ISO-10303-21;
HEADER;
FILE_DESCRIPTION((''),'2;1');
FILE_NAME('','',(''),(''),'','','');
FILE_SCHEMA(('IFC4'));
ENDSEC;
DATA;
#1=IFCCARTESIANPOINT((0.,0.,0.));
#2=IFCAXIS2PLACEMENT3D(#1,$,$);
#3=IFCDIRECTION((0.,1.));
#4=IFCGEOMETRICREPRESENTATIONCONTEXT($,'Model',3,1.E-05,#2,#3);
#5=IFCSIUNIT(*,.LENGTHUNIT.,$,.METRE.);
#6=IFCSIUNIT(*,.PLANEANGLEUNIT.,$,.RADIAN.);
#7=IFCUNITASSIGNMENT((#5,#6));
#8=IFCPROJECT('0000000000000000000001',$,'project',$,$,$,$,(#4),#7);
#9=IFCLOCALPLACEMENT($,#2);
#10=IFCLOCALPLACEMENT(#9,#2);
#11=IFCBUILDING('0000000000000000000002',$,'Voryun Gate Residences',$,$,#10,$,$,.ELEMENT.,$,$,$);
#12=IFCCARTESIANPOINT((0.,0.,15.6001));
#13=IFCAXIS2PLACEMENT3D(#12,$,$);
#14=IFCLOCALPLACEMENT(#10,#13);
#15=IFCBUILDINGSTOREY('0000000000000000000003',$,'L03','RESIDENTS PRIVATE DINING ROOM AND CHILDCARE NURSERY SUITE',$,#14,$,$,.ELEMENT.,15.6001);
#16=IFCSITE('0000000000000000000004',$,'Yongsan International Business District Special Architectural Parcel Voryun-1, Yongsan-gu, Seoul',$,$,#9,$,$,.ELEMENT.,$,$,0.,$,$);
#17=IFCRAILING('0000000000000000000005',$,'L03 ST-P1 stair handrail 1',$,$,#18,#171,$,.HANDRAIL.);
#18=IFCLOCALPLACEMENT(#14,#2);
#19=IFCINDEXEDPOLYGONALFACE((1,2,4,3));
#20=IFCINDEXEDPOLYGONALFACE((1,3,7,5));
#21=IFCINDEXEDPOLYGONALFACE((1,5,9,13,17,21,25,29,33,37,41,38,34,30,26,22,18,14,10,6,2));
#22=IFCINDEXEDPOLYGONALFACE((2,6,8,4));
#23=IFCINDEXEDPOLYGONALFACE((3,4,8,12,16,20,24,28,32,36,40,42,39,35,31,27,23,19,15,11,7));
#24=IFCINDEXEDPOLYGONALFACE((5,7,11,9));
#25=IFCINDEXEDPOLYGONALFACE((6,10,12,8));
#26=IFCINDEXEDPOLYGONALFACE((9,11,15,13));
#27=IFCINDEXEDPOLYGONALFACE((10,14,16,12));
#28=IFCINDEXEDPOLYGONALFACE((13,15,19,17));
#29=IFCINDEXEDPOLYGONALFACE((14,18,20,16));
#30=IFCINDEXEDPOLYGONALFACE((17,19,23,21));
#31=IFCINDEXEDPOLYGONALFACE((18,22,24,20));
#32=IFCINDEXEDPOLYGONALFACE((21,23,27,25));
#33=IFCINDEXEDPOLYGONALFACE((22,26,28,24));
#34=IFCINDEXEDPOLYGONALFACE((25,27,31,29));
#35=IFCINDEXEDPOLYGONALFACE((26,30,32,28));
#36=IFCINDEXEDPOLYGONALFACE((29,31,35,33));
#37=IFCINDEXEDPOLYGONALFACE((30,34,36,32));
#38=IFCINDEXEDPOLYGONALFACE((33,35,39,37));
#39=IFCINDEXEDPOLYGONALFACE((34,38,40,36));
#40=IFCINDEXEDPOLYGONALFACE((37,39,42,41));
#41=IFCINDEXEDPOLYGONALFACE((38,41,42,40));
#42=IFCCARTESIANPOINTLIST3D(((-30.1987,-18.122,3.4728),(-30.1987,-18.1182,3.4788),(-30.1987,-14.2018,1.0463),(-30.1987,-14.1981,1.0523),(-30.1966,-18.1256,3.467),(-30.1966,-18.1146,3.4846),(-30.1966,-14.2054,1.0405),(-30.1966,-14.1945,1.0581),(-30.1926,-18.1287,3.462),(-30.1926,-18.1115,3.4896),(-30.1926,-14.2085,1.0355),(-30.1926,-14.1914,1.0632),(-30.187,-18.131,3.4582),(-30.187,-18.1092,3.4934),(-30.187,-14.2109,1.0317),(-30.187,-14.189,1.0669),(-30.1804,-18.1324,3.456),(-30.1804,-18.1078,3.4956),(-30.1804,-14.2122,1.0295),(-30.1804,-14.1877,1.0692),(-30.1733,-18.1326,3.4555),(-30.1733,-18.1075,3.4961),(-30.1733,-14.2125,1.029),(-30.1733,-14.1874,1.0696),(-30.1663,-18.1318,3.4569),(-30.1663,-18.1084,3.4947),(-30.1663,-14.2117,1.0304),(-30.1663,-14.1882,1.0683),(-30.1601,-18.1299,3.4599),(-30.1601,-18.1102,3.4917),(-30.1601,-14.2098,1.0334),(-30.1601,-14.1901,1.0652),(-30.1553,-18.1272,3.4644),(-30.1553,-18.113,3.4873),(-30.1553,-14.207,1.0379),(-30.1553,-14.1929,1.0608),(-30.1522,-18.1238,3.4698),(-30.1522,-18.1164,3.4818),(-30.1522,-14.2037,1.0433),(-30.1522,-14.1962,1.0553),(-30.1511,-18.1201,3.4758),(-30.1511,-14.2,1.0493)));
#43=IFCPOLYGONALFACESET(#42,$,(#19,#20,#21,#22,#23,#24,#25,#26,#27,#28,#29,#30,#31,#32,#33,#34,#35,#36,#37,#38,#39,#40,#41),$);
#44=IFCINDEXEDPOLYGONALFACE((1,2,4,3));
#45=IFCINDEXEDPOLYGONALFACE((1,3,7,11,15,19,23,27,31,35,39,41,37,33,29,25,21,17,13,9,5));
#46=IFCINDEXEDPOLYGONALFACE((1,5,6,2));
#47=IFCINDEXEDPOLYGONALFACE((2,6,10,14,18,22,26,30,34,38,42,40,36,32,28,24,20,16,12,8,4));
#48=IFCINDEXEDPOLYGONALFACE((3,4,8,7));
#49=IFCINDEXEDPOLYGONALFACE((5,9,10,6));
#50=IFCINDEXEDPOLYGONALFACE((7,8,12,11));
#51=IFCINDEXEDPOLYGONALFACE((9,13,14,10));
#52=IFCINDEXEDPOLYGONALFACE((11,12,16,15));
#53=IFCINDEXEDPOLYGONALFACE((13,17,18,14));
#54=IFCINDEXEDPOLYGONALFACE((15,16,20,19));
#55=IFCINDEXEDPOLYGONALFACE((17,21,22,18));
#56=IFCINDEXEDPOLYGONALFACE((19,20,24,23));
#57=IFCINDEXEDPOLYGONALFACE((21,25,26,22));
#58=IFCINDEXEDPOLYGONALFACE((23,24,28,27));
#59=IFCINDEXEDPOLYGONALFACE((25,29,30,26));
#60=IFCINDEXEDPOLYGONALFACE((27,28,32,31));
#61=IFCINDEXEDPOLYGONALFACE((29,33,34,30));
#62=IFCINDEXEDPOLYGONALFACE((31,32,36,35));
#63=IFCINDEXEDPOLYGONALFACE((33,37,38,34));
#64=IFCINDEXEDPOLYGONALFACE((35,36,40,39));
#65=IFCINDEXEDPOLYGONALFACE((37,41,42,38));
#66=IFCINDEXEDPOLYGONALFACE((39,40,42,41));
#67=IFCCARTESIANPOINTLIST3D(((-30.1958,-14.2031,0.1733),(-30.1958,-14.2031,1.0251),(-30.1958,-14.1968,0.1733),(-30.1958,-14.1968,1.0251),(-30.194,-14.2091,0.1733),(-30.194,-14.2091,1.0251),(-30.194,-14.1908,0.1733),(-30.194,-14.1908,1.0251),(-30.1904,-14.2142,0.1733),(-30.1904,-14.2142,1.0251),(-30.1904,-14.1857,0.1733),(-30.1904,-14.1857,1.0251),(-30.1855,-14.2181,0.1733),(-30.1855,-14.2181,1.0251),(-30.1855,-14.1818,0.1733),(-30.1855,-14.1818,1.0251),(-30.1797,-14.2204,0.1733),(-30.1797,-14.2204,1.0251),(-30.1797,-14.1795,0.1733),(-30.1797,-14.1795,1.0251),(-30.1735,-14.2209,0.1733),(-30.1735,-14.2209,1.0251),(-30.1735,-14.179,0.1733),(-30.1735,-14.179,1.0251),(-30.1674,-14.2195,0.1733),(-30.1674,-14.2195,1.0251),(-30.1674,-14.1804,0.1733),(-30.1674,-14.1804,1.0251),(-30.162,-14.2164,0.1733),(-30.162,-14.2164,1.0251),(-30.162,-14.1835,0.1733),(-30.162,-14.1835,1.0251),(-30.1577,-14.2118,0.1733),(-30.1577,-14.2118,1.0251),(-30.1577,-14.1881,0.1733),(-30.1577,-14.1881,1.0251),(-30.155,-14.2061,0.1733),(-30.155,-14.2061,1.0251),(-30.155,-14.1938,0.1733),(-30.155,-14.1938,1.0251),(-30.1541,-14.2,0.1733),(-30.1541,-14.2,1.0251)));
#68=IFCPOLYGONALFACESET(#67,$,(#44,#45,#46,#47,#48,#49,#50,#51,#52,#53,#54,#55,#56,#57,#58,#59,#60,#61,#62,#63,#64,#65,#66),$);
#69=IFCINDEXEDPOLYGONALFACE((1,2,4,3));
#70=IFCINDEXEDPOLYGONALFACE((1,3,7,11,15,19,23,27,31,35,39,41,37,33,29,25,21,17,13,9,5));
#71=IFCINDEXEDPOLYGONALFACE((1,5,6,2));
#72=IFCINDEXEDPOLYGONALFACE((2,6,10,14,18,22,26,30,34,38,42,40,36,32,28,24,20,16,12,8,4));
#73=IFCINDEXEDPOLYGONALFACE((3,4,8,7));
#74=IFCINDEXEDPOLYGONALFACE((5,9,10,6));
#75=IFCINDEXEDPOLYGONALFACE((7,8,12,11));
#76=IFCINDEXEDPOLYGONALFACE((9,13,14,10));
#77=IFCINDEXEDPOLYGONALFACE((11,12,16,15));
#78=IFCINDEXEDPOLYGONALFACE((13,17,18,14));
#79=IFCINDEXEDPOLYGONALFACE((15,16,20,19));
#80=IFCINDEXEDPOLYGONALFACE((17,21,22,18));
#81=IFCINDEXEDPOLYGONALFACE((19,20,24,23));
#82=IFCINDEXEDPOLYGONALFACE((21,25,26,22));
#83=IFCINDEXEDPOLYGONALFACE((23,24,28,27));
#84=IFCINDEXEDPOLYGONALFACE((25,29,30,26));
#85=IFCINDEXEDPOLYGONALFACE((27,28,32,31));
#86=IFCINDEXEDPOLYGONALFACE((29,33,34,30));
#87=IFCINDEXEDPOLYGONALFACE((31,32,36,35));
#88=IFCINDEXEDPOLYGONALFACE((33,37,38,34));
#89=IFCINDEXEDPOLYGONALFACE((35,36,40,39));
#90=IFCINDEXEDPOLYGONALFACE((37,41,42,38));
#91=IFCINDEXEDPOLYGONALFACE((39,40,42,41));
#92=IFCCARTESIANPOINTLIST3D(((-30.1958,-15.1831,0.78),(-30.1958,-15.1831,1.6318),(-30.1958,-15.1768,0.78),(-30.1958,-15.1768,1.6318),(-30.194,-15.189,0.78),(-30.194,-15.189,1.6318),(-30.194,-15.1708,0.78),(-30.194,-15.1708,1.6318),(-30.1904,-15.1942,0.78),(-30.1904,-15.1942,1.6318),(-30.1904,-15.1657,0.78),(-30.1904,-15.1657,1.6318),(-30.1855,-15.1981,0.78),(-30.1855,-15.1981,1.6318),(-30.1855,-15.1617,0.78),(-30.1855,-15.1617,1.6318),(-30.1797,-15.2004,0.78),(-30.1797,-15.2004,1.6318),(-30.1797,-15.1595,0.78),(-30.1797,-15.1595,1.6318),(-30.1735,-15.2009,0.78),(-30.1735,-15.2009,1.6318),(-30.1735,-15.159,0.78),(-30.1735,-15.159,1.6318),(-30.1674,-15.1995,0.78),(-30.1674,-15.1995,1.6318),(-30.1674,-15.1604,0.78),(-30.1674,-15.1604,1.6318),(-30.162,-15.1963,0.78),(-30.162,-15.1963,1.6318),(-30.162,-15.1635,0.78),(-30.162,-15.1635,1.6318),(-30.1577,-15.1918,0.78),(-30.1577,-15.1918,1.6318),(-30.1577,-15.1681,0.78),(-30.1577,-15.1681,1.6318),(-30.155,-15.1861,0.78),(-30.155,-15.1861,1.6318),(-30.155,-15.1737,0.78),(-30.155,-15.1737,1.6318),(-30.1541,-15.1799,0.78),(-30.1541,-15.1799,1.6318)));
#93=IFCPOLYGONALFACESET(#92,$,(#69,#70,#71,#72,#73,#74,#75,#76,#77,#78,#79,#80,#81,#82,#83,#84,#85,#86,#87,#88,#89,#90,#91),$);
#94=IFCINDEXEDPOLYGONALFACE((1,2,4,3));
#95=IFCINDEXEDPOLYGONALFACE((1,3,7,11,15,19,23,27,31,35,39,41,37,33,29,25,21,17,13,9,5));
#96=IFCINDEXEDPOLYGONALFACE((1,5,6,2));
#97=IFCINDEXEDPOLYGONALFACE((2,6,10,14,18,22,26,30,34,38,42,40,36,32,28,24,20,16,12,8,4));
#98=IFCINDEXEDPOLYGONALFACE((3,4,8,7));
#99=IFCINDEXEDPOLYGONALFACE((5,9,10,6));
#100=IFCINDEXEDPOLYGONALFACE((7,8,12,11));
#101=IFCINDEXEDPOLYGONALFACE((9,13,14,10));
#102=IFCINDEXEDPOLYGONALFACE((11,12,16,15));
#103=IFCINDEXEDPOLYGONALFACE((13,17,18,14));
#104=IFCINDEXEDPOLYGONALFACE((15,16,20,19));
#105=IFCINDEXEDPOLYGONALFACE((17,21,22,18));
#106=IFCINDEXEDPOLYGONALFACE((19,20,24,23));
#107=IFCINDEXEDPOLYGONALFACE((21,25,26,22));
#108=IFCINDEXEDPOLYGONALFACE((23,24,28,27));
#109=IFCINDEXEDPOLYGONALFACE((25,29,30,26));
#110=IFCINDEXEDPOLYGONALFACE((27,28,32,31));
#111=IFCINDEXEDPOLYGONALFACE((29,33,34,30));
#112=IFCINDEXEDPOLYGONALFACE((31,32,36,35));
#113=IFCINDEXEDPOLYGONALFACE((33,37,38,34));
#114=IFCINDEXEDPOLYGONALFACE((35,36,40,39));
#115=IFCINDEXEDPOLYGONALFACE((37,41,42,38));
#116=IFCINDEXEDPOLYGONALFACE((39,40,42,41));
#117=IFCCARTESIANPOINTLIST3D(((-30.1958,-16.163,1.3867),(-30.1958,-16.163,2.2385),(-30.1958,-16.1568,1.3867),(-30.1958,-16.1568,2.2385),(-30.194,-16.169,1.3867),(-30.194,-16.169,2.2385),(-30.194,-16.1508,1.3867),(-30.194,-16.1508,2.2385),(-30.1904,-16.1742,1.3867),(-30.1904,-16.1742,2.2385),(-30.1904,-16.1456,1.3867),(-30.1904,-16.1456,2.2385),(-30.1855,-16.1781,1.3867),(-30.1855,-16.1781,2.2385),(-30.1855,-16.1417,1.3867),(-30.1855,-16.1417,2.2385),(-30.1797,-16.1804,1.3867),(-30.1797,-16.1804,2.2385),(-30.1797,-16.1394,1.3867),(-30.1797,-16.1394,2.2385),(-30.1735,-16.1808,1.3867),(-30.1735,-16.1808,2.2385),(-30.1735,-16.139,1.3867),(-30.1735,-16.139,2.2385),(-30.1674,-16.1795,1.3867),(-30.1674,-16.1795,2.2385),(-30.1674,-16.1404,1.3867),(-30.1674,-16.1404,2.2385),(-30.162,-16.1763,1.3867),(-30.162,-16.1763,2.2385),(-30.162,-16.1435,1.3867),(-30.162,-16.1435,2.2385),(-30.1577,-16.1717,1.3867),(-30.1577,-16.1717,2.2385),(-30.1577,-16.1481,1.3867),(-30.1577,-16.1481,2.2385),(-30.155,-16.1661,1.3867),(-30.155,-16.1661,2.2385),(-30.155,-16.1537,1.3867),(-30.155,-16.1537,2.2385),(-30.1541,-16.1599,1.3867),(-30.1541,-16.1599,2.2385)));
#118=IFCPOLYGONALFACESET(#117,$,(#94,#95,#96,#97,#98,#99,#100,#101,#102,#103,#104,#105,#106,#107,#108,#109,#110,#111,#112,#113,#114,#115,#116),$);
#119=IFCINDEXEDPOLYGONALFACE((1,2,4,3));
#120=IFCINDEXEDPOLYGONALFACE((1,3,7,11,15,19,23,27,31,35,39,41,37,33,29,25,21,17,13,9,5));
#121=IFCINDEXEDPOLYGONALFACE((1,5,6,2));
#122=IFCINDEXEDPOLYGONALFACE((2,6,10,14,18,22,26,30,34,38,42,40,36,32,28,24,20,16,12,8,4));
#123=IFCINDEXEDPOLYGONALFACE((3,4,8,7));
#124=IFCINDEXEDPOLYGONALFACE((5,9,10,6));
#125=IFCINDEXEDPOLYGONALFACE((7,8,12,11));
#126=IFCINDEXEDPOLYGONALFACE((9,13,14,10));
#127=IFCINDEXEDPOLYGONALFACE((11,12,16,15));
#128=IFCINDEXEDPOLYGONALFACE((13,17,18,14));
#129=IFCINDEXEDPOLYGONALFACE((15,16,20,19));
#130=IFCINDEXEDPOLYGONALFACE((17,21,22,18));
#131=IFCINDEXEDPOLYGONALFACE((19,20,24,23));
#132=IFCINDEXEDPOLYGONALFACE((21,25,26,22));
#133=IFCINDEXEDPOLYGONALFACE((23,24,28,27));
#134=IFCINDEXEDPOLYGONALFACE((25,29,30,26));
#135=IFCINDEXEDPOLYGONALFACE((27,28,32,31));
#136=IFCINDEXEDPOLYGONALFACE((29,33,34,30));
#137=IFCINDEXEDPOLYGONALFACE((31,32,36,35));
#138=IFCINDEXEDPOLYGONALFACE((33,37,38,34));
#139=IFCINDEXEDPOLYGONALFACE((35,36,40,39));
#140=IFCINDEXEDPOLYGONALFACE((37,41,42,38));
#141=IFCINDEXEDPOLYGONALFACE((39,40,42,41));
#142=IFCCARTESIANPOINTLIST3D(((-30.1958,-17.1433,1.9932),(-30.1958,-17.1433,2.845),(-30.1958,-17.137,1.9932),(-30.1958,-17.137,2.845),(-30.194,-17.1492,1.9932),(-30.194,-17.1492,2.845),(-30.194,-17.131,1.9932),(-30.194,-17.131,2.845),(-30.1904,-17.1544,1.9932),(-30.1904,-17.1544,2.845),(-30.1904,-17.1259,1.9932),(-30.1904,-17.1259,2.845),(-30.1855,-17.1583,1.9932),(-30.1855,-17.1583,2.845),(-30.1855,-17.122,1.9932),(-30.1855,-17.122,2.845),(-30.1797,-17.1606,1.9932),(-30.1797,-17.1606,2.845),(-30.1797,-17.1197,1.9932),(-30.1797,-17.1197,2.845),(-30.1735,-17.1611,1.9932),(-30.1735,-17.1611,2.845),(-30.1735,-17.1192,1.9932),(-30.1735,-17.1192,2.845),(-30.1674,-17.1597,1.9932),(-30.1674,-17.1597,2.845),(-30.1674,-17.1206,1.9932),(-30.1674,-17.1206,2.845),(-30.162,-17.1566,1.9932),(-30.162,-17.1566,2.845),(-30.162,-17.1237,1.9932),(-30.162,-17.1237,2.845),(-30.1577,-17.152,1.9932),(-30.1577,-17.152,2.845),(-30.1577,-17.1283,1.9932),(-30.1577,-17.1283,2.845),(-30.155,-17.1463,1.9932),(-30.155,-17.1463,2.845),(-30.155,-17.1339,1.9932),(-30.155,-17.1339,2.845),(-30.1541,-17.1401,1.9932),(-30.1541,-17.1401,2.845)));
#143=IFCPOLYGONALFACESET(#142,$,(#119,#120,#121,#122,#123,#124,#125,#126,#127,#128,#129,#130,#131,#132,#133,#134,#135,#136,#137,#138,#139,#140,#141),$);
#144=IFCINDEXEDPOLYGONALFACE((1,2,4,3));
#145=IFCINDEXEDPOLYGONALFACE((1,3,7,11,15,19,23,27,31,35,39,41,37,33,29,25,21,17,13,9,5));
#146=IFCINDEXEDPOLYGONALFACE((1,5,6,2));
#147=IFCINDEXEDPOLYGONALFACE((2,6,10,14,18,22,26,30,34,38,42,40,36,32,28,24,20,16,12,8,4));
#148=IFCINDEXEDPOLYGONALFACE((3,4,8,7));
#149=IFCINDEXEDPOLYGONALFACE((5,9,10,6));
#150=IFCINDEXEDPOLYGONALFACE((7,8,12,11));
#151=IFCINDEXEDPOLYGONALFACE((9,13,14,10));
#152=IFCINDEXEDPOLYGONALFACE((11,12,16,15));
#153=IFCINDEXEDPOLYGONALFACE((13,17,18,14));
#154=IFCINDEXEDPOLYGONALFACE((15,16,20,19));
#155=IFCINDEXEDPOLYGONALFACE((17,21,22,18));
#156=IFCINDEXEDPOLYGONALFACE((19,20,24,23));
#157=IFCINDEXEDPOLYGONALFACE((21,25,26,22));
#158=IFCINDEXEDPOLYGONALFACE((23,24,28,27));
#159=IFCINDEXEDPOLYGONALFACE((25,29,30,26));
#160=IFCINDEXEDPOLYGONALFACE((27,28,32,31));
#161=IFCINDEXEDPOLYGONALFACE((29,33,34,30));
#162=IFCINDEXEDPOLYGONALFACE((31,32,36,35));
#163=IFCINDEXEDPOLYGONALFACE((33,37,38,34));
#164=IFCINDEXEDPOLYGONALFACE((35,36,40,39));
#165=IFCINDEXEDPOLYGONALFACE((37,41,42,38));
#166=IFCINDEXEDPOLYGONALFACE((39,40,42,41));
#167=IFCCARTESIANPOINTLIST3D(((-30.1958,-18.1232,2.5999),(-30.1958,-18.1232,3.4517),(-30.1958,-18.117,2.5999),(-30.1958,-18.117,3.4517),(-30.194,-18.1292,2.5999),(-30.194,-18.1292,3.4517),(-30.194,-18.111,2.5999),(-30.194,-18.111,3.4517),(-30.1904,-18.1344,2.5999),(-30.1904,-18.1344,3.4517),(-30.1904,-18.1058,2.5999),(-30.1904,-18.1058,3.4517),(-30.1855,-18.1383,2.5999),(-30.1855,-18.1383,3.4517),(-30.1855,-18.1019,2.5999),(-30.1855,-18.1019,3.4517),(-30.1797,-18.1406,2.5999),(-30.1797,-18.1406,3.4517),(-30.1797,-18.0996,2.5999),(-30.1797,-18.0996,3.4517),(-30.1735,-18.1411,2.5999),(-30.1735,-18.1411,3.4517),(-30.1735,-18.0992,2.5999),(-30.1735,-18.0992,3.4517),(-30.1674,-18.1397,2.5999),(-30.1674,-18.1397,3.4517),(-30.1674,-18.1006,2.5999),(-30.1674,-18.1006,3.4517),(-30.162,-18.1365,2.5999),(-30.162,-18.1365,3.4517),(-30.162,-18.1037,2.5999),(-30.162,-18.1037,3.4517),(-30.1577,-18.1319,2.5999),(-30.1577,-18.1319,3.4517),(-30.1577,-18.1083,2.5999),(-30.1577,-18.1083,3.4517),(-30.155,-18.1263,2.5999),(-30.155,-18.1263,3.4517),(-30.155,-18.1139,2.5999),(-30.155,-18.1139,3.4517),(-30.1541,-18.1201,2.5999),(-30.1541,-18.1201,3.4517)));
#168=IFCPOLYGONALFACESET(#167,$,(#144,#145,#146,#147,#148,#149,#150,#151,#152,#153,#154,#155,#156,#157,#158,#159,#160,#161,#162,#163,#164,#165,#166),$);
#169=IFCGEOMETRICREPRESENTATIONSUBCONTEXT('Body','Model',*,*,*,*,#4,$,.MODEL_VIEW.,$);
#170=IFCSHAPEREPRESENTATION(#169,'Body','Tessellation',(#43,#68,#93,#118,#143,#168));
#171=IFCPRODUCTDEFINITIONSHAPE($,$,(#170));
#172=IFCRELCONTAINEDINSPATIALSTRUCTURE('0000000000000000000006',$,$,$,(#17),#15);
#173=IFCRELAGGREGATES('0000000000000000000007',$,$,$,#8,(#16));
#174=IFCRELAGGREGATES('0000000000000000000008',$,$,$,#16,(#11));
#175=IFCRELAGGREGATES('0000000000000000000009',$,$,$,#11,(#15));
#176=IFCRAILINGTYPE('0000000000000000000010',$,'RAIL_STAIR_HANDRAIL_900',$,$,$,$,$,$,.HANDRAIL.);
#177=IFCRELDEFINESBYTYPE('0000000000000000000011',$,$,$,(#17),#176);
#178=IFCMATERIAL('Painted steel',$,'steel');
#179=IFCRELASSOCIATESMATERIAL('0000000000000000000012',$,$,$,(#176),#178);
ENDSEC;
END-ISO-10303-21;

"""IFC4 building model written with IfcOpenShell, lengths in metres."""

from ifc_helpers import new_model, si_unit, direction, frame, origin, origin_2d, place, context, subcontext, project, spatial, circle, extrude, material, type_object, element, save


model = new_model("IFC4")

# Units and contexts
model_context = context("Model", 3, precision=1e-05, world=origin(), true_north=direction((0.0, 1.0)))
body_context = subcontext(model_context, "Body", "Model", "MODEL_VIEW")
ifc_project = project(units=[si_unit("LENGTHUNIT", "METRE"), si_unit("PLANEANGLEUNIT", "RADIAN")], contexts=[model_context])

# Site, building, storey
site_placement = place(None, origin())
site = spatial("IfcSite", under=ifc_project, at=site_placement, Name="Yongsan International Business District Special Architectural Parcel Voryun-1, Yongsan-gu, Seoul", CompositionType="ELEMENT", RefElevation=0.0)
building_placement = place(site_placement, origin())
building = spatial("IfcBuilding", under=site, at=building_placement, Name="Voryun Gate Residences", CompositionType="ELEMENT")
storey_placement = place(building_placement, frame((0.0, 0.0, 15.6001)))
storey = spatial("IfcBuildingStorey", under=building, at=storey_placement, Name="L03", Description="RESIDENTS PRIVATE DINING ROOM AND CHILDCARE NURSERY SUITE", CompositionType="ELEMENT", Elevation=15.6001)

# Railing
ifc_material_1 = material(Name="Painted steel", Category="steel")
railing_type_1 = type_object("IfcRailingType", Name="RAIL_STAIR_HANDRAIL_900", PredefinedType="HANDRAIL", material=ifc_material_1)
railing_1_placement = place(storey_placement, frame((-30.175, -14.2, 0.1733)))
element("IfcRailing", 1, at=railing_1_placement, inside=storey, type_object=railing_type_1, Name="L03 ST-P1 stair handrail 1", PredefinedType="HANDRAIL", context=body_context, shape_type="SweptSolid", body=[
    extrude(circle(Radius=0.0239, at=origin_2d()), frame((0.0, 0.0, 0.876), z_axis=(0.0, -0.85029, 0.526315), x_axis=(1.0, 0.0, 0.0)), (0.0, 0.0, 1.0), 4.6104),
    extrude(circle(Radius=0.021, at=origin_2d()), origin(), (0.0, 0.0, 1.0), 0.8518),
    extrude(circle(Radius=0.021, at=origin_2d()), frame((0.0, -0.98, 0.6067)), (0.0, 0.0, 1.0), 0.8518),
    extrude(circle(Radius=0.021, at=origin_2d()), frame((0.0, -1.96, 1.2134)), (0.0, 0.0, 1.0), 0.8518),
    extrude(circle(Radius=0.021, at=origin_2d()), frame((0.0, -2.9402, 1.8198)), (0.0, 0.0, 1.0), 0.8518),
    extrude(circle(Radius=0.021, at=origin_2d()), frame((0.0, -3.9202, 2.4265)), (0.0, 0.0, 1.0), 0.8518),
])

save(model, "model.ifc")
